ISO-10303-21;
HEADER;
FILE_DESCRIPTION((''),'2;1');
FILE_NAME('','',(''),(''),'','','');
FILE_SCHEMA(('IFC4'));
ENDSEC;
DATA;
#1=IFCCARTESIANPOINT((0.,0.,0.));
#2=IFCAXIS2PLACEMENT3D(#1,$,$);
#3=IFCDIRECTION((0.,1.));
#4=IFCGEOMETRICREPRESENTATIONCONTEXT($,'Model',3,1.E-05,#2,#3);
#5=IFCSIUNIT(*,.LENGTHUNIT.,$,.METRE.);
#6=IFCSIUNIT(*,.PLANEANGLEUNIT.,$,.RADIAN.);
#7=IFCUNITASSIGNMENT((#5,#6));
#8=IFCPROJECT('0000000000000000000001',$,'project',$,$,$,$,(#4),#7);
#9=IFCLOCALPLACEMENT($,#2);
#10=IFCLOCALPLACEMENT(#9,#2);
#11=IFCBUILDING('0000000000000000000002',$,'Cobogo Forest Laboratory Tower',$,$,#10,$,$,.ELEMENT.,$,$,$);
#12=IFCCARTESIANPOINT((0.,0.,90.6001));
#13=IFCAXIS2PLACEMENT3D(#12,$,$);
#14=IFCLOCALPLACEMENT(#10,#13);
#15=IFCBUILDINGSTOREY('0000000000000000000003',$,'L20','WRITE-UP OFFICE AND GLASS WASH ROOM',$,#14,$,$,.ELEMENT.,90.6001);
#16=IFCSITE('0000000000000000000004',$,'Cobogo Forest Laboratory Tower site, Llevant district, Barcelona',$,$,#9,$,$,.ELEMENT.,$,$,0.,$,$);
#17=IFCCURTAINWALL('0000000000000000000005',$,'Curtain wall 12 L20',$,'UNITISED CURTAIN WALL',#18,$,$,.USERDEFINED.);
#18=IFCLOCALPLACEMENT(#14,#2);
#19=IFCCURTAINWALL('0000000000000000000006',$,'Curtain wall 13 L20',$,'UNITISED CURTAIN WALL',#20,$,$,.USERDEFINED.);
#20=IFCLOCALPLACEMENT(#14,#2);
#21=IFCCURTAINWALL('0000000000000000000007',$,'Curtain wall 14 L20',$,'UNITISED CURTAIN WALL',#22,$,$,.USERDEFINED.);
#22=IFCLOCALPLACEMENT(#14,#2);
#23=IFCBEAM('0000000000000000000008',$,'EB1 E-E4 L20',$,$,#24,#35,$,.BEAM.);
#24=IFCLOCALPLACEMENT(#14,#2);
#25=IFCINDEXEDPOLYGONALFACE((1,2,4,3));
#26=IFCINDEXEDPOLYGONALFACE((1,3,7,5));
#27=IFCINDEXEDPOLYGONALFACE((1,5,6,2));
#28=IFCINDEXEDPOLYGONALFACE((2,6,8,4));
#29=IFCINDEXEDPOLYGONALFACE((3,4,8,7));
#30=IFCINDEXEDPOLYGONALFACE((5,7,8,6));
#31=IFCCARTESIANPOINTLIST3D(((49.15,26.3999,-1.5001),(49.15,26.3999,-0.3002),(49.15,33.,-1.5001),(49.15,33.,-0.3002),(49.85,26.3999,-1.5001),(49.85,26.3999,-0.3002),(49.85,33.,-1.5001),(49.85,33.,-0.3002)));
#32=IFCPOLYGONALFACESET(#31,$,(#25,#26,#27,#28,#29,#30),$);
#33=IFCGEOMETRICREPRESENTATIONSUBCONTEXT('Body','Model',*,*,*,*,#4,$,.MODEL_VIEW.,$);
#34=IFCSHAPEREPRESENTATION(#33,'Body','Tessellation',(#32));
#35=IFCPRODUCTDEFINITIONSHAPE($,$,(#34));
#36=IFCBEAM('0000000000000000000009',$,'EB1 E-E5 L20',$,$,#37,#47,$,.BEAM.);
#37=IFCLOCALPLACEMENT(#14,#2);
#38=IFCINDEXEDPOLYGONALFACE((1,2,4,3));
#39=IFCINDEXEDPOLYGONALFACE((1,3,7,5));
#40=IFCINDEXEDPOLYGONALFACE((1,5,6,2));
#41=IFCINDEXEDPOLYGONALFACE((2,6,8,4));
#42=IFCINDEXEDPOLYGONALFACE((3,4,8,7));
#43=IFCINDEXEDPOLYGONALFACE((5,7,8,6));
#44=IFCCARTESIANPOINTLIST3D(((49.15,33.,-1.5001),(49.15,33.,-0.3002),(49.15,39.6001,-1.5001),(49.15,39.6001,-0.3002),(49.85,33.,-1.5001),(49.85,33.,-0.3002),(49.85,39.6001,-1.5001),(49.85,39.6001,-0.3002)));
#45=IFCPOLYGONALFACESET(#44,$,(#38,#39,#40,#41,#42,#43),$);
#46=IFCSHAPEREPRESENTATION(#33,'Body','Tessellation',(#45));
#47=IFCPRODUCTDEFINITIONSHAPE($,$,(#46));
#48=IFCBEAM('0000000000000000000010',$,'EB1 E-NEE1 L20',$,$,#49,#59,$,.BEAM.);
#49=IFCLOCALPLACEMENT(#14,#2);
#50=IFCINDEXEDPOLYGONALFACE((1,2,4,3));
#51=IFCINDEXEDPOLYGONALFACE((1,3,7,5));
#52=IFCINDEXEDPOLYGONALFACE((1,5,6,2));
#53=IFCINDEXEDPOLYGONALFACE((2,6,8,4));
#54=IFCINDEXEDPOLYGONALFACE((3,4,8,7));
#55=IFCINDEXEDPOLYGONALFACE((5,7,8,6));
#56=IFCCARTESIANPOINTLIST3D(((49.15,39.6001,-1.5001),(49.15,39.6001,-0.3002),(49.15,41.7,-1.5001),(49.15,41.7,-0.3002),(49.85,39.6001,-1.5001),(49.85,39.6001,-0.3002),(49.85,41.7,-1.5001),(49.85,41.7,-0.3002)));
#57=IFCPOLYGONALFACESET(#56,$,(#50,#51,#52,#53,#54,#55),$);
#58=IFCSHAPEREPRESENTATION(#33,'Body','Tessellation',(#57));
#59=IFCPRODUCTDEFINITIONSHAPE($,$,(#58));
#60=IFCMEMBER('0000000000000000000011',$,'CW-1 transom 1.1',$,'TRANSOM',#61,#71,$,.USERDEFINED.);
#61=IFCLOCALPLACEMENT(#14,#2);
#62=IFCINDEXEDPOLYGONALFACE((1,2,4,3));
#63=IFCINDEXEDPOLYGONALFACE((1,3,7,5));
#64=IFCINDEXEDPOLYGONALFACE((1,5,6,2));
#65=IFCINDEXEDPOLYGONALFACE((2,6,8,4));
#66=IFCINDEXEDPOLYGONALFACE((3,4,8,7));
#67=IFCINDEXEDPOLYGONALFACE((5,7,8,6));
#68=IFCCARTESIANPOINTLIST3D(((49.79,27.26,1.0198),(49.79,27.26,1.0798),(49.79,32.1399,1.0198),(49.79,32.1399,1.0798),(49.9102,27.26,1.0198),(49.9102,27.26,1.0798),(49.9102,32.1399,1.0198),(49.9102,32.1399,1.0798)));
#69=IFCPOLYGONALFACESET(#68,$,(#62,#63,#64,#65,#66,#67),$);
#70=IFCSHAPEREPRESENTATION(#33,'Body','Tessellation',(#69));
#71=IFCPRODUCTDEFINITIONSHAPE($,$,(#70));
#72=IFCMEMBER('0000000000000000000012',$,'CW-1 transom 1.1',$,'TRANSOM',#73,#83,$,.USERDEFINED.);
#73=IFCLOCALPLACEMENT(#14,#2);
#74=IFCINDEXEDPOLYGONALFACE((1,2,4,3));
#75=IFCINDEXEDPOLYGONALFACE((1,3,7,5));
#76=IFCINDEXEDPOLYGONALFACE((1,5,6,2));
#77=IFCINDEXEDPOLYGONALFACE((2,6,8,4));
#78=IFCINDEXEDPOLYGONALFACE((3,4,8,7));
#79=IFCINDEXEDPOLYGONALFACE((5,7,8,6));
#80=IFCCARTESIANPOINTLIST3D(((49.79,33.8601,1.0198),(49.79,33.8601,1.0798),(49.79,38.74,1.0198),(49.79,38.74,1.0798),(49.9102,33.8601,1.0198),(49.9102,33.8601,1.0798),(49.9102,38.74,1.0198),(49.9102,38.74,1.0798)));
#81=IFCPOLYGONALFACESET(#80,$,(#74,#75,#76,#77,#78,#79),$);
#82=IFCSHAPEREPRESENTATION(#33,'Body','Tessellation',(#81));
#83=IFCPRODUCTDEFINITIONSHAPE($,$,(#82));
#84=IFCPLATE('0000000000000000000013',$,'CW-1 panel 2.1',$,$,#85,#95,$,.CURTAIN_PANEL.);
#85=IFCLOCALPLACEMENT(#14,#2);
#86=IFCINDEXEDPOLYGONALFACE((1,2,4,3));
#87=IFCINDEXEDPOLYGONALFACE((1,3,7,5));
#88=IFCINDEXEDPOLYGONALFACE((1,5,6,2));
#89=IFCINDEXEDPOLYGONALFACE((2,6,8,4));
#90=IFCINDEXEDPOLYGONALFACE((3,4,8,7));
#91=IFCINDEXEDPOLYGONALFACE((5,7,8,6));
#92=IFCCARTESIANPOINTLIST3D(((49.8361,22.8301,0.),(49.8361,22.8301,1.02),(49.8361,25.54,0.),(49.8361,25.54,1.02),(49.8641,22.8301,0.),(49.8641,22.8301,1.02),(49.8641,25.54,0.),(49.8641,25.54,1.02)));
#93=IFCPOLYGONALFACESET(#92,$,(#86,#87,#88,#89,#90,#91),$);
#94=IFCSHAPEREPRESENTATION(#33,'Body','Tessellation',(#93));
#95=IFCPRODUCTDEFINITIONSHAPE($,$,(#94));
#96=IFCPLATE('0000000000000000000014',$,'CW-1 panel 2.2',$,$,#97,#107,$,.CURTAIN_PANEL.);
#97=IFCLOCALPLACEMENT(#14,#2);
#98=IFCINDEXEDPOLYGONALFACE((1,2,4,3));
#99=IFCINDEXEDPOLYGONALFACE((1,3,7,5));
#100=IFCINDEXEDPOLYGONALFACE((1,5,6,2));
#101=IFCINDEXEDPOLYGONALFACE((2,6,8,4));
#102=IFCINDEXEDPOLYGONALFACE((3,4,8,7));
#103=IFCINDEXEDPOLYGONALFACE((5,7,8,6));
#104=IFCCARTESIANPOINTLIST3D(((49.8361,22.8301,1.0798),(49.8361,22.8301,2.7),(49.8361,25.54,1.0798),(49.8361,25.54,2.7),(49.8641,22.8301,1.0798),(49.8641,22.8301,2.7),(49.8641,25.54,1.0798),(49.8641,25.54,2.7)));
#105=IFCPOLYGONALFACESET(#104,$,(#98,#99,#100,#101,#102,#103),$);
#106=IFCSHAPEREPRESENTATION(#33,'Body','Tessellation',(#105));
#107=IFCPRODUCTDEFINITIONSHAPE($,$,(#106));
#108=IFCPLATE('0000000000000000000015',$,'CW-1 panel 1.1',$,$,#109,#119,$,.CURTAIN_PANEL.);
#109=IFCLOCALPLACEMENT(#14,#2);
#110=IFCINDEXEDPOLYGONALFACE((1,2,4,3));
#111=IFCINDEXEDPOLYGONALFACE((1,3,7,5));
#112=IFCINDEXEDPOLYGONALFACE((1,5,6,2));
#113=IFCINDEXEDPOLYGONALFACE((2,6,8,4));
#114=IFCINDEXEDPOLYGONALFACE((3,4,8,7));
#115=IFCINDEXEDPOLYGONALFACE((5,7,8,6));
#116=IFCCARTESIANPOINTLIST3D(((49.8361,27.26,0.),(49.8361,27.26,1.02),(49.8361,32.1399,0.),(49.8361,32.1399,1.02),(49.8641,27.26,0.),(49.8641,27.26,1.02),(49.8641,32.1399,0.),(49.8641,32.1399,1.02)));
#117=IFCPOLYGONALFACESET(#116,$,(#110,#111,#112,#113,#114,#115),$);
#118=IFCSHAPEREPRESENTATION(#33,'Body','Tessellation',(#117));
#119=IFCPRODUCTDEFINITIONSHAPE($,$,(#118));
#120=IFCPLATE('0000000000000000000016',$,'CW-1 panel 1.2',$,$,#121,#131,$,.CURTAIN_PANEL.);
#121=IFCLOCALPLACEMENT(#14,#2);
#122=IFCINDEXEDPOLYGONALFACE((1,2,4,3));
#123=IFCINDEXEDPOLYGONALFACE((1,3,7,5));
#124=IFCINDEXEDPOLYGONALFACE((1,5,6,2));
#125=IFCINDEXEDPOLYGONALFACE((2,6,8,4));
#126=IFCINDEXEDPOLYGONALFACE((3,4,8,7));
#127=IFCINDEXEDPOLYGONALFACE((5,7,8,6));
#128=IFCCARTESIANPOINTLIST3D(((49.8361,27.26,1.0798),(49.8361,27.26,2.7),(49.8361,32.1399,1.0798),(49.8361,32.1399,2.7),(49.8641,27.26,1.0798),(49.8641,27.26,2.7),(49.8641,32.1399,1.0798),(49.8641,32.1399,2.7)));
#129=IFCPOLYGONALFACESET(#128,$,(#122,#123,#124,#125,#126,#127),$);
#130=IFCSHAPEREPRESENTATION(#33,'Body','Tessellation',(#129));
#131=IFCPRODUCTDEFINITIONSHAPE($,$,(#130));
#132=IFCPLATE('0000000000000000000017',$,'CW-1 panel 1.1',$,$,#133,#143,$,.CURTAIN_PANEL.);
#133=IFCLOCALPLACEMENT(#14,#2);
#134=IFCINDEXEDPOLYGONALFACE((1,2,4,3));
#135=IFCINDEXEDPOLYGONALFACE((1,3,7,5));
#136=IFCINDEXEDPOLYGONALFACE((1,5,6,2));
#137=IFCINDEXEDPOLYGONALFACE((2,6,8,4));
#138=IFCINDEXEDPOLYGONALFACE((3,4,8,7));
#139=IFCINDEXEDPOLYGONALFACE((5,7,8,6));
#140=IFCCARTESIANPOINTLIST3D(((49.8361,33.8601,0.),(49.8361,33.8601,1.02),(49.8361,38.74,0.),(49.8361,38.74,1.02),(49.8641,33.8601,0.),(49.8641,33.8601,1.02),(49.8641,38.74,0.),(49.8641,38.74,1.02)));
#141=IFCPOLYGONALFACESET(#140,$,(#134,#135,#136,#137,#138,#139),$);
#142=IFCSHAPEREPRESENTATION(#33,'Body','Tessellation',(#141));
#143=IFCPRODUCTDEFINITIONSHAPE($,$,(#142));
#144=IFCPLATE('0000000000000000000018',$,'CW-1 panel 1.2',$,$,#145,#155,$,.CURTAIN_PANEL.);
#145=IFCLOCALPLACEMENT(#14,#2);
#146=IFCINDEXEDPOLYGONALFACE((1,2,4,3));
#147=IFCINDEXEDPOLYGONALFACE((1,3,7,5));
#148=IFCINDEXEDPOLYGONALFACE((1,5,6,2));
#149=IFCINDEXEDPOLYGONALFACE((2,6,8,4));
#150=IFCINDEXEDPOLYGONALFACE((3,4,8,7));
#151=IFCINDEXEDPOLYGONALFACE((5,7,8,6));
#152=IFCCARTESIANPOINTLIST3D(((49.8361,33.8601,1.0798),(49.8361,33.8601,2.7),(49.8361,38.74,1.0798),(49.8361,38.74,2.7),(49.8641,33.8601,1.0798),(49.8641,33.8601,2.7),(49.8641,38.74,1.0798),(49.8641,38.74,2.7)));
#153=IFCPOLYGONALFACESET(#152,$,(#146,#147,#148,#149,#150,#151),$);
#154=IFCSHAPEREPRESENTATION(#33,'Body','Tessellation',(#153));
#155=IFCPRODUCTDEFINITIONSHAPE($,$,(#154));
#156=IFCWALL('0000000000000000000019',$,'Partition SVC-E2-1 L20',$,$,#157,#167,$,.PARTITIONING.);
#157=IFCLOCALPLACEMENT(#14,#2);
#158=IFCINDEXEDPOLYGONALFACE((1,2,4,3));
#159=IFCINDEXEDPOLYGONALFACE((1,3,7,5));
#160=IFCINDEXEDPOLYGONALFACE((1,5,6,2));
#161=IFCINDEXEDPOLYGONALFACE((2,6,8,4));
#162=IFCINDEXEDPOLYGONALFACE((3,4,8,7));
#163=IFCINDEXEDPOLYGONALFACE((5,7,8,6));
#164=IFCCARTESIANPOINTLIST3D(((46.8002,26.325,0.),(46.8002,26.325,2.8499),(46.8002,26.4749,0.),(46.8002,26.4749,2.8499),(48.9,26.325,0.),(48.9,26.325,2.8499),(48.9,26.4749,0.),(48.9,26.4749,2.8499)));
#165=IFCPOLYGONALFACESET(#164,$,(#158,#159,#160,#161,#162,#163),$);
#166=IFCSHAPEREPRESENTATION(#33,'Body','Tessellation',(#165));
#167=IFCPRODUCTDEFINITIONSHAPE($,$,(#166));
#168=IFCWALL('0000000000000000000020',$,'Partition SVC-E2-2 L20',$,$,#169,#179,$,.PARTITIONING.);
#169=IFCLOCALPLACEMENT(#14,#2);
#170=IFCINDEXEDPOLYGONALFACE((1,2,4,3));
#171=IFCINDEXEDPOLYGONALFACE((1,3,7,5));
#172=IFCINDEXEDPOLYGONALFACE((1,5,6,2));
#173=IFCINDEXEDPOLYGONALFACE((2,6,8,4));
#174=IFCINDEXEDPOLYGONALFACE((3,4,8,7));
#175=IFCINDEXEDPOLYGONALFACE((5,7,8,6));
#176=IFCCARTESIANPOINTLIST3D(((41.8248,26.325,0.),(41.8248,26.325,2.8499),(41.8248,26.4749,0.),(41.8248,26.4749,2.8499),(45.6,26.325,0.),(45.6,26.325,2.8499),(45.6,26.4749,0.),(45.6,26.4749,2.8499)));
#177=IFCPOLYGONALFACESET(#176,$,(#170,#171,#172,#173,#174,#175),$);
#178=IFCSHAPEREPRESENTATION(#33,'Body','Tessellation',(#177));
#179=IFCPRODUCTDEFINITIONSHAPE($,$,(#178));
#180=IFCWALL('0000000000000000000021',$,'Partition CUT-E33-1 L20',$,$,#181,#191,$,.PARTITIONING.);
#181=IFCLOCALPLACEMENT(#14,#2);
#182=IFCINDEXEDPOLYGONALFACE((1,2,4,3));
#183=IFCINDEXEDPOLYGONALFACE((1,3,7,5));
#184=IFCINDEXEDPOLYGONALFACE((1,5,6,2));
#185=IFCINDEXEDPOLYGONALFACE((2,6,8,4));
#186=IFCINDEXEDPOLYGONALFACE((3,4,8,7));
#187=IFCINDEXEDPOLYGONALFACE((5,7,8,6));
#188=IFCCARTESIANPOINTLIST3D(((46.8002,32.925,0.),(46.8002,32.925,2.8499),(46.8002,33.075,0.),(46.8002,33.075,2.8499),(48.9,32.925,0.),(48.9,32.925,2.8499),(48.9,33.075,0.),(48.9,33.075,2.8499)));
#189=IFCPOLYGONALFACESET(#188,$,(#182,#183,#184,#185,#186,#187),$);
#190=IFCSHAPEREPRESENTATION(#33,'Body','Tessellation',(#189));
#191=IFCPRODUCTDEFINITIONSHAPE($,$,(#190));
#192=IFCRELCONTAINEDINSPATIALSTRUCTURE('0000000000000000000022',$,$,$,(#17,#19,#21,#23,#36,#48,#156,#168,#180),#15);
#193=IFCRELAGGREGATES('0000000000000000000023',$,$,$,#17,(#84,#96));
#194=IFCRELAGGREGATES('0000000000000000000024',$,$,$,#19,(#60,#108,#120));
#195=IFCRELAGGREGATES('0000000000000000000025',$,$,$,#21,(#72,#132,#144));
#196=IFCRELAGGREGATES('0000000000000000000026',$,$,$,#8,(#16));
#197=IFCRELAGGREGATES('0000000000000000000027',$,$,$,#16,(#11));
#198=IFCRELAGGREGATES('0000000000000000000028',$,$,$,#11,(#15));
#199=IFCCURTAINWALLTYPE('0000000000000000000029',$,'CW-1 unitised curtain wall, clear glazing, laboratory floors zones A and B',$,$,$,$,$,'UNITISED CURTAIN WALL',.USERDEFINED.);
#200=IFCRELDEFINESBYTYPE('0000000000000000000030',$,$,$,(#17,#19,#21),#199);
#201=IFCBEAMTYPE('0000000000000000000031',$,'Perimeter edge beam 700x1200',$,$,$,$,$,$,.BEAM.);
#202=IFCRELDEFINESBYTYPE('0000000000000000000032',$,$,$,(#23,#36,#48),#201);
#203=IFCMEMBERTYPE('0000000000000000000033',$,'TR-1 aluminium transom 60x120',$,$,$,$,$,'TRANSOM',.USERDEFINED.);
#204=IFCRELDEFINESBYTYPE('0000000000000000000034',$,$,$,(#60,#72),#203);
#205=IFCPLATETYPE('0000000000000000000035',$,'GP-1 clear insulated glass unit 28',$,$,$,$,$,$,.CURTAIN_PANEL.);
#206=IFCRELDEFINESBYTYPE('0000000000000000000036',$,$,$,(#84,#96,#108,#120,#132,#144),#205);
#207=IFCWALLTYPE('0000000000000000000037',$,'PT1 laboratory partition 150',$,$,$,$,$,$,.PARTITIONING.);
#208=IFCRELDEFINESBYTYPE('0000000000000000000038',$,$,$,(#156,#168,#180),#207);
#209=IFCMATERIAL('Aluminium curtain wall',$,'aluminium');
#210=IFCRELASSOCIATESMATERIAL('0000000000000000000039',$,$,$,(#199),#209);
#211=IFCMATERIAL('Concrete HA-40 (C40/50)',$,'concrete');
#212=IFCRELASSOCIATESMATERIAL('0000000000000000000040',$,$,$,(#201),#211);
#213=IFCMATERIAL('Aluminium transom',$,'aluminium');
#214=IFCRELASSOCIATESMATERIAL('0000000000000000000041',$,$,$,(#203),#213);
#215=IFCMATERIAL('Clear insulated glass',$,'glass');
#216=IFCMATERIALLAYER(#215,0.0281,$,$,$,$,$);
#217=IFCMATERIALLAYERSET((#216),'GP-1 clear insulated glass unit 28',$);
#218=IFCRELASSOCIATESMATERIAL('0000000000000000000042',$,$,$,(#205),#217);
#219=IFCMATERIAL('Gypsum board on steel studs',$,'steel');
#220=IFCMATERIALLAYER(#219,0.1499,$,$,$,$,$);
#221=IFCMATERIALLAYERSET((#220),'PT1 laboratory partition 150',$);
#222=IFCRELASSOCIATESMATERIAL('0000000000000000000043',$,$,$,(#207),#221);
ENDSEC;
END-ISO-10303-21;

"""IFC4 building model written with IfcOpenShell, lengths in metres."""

from ifc_helpers import new_model, si_unit, direction, frame, frame_2d, origin, origin_2d, place, context, subcontext, project, spatial, rectangle, extrude, material, layer, layer_set, material_profile, profile_set, type_object, element, aggregate, save


model = new_model("IFC4")

# Units and contexts
model_context = context("Model", 3, precision=1e-05, world=origin(), true_north=direction((0.0, 1.0)))
body_context = subcontext(model_context, "Body", "Model", "MODEL_VIEW")
ifc_project = project(units=[si_unit("LENGTHUNIT", "METRE"), si_unit("PLANEANGLEUNIT", "RADIAN")], contexts=[model_context])

# Site, building, storey
site_placement = place(None, origin())
site = spatial("IfcSite", under=ifc_project, at=site_placement, Name="Cobogo Forest Laboratory Tower site, Llevant district, Barcelona", CompositionType="ELEMENT", RefElevation=0.0)
building_placement = place(site_placement, origin())
building = spatial("IfcBuilding", under=site, at=building_placement, Name="Cobogo Forest Laboratory Tower", CompositionType="ELEMENT")
storey_placement = place(building_placement, frame((0.0, 0.0, 90.6001)))
storey = spatial("IfcBuildingStorey", under=building, at=storey_placement, Name="L20", Description="WRITE-UP OFFICE AND GLASS WASH ROOM", CompositionType="ELEMENT", Elevation=90.6001)

# Shared definitions
ifc_material_1 = material(Name="Concrete HA-40 (C40/50)", Category="concrete")

# Curtain wall
ifc_material_2 = material(Name="Aluminium curtain wall", Category="aluminium")
curtain_wall_type = type_object("IfcCurtainWallType", Name="CW-1 unitised curtain wall, clear glazing, laboratory floors zones A and B", ElementType="UNITISED CURTAIN WALL", PredefinedType="USERDEFINED", material=ifc_material_2)
curtain_wall_1_placement = place(storey_placement, origin())
curtain_wall_1 = element("IfcCurtainWall", 1, at=curtain_wall_1_placement, inside=storey, type_object=curtain_wall_type, Name="Curtain wall 12 L20", ObjectType="UNITISED CURTAIN WALL", PredefinedType="USERDEFINED")

# Curtain walls
curtain_wall_2_placement = place(storey_placement, origin())
curtain_wall_2 = element("IfcCurtainWall", 2, at=curtain_wall_2_placement, inside=storey, type_object=curtain_wall_type, Name="Curtain wall 13 L20", ObjectType="UNITISED CURTAIN WALL", PredefinedType="USERDEFINED")
curtain_wall_3_placement = place(storey_placement, origin())
curtain_wall_3 = element("IfcCurtainWall", 3, at=curtain_wall_3_placement, inside=storey, type_object=curtain_wall_type, Name="Curtain wall 14 L20", ObjectType="UNITISED CURTAIN WALL", PredefinedType="USERDEFINED")

# Beams
ifc_material_profile_1 = material_profile(ifc_material_1, rectangle(XDim=0.7, YDim=1.2, at=origin_2d()), Name="RC 700x1200")
ifc_profile_set_1 = profile_set([ifc_material_profile_1], Name="Concrete HA-40 (C40/50)")
beam_type_1 = type_object("IfcBeamType", Name="Perimeter edge beam 700x1200", PredefinedType="BEAM", material=ifc_profile_set_1)
for number, where, z_axis, x_axis, name in (
    (4, (49.5, 26.3999, -0.9001), (0.0, 1.0, 0.0), (-1.0, 0.0, 0.0), "EB1 E-E4 L20"),
    (5, (49.5, 33.0, -0.9001), (0.0, 1.0, 0.0), (-1.0, 0.0, 0.0), "EB1 E-E5 L20"),
):
    element("IfcBeam", number, at=place(storey_placement, frame(where, z_axis=z_axis, x_axis=x_axis)), inside=storey, type_object=beam_type_1, Name=name, PredefinedType="BEAM", context=body_context, shape_type="SweptSolid", body=[
        extrude(rectangle(XDim=0.7, YDim=1.2, at=origin_2d()), origin(), (0.0, 0.0, 1.0), 6.6001),
    ])
beam_1_placement = place(storey_placement, frame((49.5, 39.6001, -0.9001), z_axis=(0.0, 1.0, 0.0), x_axis=(-1.0, 0.0, 0.0)))
element("IfcBeam", 6, at=beam_1_placement, inside=storey, type_object=beam_type_1, Name="EB1 E-NEE1 L20", PredefinedType="BEAM", context=body_context, shape_type="SweptSolid", body=[
    extrude(rectangle(XDim=0.7, YDim=1.2, at=origin_2d()), origin(), (0.0, 0.0, 1.0), 2.0999),
])

# Members
ifc_material_3 = material(Name="Aluminium transom", Category="aluminium")
ifc_material_profile_2 = material_profile(ifc_material_3, rectangle(XDim=0.1201, YDim=0.0601, at=origin_2d()), Name="AL 60x120")
ifc_profile_set_2 = profile_set([ifc_material_profile_2], Name="Aluminium transom")
member_type_1 = type_object("IfcMemberType", Name="TR-1 aluminium transom 60x120", ElementType="TRANSOM", PredefinedType="USERDEFINED", material=ifc_profile_set_2)
member_1_placement = place(storey_placement, frame((49.8501, 27.26, 1.0498), z_axis=(0.0, 1.0, 0.0), x_axis=(-1.0, 0.0, 0.0)))
member_1 = element("IfcMember", 7, at=member_1_placement, type_object=member_type_1, Name="CW-1 transom 1.1", ObjectType="TRANSOM", PredefinedType="USERDEFINED", context=body_context, shape_type="SweptSolid", body=[
    extrude(rectangle(XDim=0.1201, YDim=0.0601, at=origin_2d()), origin(), (0.0, 0.0, 1.0), 4.8799),
])
member_2_placement = place(storey_placement, frame((49.8501, 33.8601, 1.0498), z_axis=(0.0, 1.0, 0.0), x_axis=(-1.0, 0.0, 0.0)))
member_2 = element("IfcMember", 8, at=member_2_placement, type_object=member_type_1, Name="CW-1 transom 1.1", ObjectType="TRANSOM", PredefinedType="USERDEFINED", context=body_context, shape_type="SweptSolid", body=[
    extrude(rectangle(XDim=0.1201, YDim=0.0601, at=origin_2d()), origin(), (0.0, 0.0, 1.0), 4.8799),
])

# Plates
ifc_material_4 = material(Name="Clear insulated glass", Category="glass")
ifc_layer_1 = layer(ifc_material_4, 0.0281)
ifc_layer_set_1 = layer_set([ifc_layer_1], Name="GP-1 clear insulated glass unit 28")
plate_type_1 = type_object("IfcPlateType", Name="GP-1 clear insulated glass unit 28", PredefinedType="CURTAIN_PANEL", material=ifc_layer_set_1)
plate_1_placement = place(storey_placement, frame((49.8501, 24.1851, 0.0), z_axis=(0.0, 0.0, 1.0), x_axis=(0.0, 1.0, 0.0)))
plate_1 = element("IfcPlate", 9, at=plate_1_placement, type_object=plate_type_1, Name="CW-1 panel 2.1", PredefinedType="CURTAIN_PANEL", context=body_context, shape_type="SweptSolid", body=[
    extrude(rectangle(XDim=2.71, YDim=0.0281, at=origin_2d()), origin(), (0.0, 0.0, 1.0), 1.02),
])
plate_2_placement = place(storey_placement, frame((49.8501, 24.1851, 1.0798), z_axis=(0.0, 0.0, 1.0), x_axis=(0.0, 1.0, 0.0)))
plate_2 = element("IfcPlate", 10, at=plate_2_placement, type_object=plate_type_1, Name="CW-1 panel 2.2", PredefinedType="CURTAIN_PANEL", context=body_context, shape_type="SweptSolid", body=[
    extrude(rectangle(XDim=2.71, YDim=0.0281, at=origin_2d()), origin(), (0.0, 0.0, 1.0), 1.6201),
])
aggregate(curtain_wall_1, [plate_1, plate_2])
plate_3_placement = place(storey_placement, frame((49.8501, 29.7, 0.0), z_axis=(0.0, 0.0, 1.0), x_axis=(0.0, 1.0, 0.0)))
plate_3 = element("IfcPlate", 11, at=plate_3_placement, type_object=plate_type_1, Name="CW-1 panel 1.1", PredefinedType="CURTAIN_PANEL", context=body_context, shape_type="SweptSolid", body=[
    extrude(rectangle(XDim=4.8799, YDim=0.0281, at=origin_2d()), origin(), (0.0, 0.0, 1.0), 1.02),
])
plate_4_placement = place(storey_placement, frame((49.8501, 29.7, 1.0798), z_axis=(0.0, 0.0, 1.0), x_axis=(0.0, 1.0, 0.0)))
plate_4 = element("IfcPlate", 12, at=plate_4_placement, type_object=plate_type_1, Name="CW-1 panel 1.2", PredefinedType="CURTAIN_PANEL", context=body_context, shape_type="SweptSolid", body=[
    extrude(rectangle(XDim=4.8799, YDim=0.0281, at=origin_2d()), origin(), (0.0, 0.0, 1.0), 1.6201),
])
aggregate(curtain_wall_2, [member_1, plate_3, plate_4])
plate_5_placement = place(storey_placement, frame((49.8501, 36.3, 0.0), z_axis=(0.0, 0.0, 1.0), x_axis=(0.0, 1.0, 0.0)))
plate_5 = element("IfcPlate", 13, at=plate_5_placement, type_object=plate_type_1, Name="CW-1 panel 1.1", PredefinedType="CURTAIN_PANEL", context=body_context, shape_type="SweptSolid", body=[
    extrude(rectangle(XDim=4.8799, YDim=0.0281, at=origin_2d()), origin(), (0.0, 0.0, 1.0), 1.02),
])
plate_6_placement = place(storey_placement, frame((49.8501, 36.3, 1.0798), z_axis=(0.0, 0.0, 1.0), x_axis=(0.0, 1.0, 0.0)))
plate_6 = element("IfcPlate", 14, at=plate_6_placement, type_object=plate_type_1, Name="CW-1 panel 1.2", PredefinedType="CURTAIN_PANEL", context=body_context, shape_type="SweptSolid", body=[
    extrude(rectangle(XDim=4.8799, YDim=0.0281, at=origin_2d()), origin(), (0.0, 0.0, 1.0), 1.6201),
])
aggregate(curtain_wall_3, [member_2, plate_5, plate_6])

# Walls
ifc_material_5 = material(Name="Gypsum board on steel studs", Category="steel")
ifc_layer_2 = layer(ifc_material_5, 0.1499)
ifc_layer_set_2 = layer_set([ifc_layer_2], Name="PT1 laboratory partition 150")
wall_type = type_object("IfcWallType", Name="PT1 laboratory partition 150", PredefinedType="PARTITIONING", material=ifc_layer_set_2)
wall_1_placement = place(storey_placement, frame((48.8999, 26.3999, 0.0), z_axis=(0.0, 0.0, 1.0), x_axis=(-1.0, 0.0, 0.0)))
element("IfcWall", 15, at=wall_1_placement, inside=storey, type_object=wall_type, Name="Partition SVC-E2-1 L20", PredefinedType="PARTITIONING", context=body_context, shape_type="SweptSolid", body=[
    extrude(rectangle(XDim=2.0999, YDim=0.1499, at=frame_2d((1.0498, 0.0))), origin(), (0.0, 0.0, 1.0), 2.8499),
])
wall_2_placement = place(storey_placement, frame((45.6001, 26.3999, 0.0), z_axis=(0.0, 0.0, 1.0), x_axis=(-1.0, 0.0, 0.0)))
element("IfcWall", 16, at=wall_2_placement, inside=storey, type_object=wall_type, Name="Partition SVC-E2-2 L20", PredefinedType="PARTITIONING", context=body_context, shape_type="SweptSolid", body=[
    extrude(rectangle(XDim=3.7751, YDim=0.1499, at=frame_2d((1.8877, 0.0))), origin(), (0.0, 0.0, 1.0), 2.8499),
])
wall_3_placement = place(storey_placement, frame((48.8999, 33.0, 0.0), z_axis=(0.0, 0.0, 1.0), x_axis=(-1.0, 0.0, 0.0)))
element("IfcWall", 17, at=wall_3_placement, inside=storey, type_object=wall_type, Name="Partition CUT-E33-1 L20", PredefinedType="PARTITIONING", context=body_context, shape_type="SweptSolid", body=[
    extrude(rectangle(XDim=2.0999, YDim=0.1499, at=frame_2d((1.0498, 0.0))), origin(), (0.0, 0.0, 1.0), 2.8499),
])

save(model, "model.ifc")
